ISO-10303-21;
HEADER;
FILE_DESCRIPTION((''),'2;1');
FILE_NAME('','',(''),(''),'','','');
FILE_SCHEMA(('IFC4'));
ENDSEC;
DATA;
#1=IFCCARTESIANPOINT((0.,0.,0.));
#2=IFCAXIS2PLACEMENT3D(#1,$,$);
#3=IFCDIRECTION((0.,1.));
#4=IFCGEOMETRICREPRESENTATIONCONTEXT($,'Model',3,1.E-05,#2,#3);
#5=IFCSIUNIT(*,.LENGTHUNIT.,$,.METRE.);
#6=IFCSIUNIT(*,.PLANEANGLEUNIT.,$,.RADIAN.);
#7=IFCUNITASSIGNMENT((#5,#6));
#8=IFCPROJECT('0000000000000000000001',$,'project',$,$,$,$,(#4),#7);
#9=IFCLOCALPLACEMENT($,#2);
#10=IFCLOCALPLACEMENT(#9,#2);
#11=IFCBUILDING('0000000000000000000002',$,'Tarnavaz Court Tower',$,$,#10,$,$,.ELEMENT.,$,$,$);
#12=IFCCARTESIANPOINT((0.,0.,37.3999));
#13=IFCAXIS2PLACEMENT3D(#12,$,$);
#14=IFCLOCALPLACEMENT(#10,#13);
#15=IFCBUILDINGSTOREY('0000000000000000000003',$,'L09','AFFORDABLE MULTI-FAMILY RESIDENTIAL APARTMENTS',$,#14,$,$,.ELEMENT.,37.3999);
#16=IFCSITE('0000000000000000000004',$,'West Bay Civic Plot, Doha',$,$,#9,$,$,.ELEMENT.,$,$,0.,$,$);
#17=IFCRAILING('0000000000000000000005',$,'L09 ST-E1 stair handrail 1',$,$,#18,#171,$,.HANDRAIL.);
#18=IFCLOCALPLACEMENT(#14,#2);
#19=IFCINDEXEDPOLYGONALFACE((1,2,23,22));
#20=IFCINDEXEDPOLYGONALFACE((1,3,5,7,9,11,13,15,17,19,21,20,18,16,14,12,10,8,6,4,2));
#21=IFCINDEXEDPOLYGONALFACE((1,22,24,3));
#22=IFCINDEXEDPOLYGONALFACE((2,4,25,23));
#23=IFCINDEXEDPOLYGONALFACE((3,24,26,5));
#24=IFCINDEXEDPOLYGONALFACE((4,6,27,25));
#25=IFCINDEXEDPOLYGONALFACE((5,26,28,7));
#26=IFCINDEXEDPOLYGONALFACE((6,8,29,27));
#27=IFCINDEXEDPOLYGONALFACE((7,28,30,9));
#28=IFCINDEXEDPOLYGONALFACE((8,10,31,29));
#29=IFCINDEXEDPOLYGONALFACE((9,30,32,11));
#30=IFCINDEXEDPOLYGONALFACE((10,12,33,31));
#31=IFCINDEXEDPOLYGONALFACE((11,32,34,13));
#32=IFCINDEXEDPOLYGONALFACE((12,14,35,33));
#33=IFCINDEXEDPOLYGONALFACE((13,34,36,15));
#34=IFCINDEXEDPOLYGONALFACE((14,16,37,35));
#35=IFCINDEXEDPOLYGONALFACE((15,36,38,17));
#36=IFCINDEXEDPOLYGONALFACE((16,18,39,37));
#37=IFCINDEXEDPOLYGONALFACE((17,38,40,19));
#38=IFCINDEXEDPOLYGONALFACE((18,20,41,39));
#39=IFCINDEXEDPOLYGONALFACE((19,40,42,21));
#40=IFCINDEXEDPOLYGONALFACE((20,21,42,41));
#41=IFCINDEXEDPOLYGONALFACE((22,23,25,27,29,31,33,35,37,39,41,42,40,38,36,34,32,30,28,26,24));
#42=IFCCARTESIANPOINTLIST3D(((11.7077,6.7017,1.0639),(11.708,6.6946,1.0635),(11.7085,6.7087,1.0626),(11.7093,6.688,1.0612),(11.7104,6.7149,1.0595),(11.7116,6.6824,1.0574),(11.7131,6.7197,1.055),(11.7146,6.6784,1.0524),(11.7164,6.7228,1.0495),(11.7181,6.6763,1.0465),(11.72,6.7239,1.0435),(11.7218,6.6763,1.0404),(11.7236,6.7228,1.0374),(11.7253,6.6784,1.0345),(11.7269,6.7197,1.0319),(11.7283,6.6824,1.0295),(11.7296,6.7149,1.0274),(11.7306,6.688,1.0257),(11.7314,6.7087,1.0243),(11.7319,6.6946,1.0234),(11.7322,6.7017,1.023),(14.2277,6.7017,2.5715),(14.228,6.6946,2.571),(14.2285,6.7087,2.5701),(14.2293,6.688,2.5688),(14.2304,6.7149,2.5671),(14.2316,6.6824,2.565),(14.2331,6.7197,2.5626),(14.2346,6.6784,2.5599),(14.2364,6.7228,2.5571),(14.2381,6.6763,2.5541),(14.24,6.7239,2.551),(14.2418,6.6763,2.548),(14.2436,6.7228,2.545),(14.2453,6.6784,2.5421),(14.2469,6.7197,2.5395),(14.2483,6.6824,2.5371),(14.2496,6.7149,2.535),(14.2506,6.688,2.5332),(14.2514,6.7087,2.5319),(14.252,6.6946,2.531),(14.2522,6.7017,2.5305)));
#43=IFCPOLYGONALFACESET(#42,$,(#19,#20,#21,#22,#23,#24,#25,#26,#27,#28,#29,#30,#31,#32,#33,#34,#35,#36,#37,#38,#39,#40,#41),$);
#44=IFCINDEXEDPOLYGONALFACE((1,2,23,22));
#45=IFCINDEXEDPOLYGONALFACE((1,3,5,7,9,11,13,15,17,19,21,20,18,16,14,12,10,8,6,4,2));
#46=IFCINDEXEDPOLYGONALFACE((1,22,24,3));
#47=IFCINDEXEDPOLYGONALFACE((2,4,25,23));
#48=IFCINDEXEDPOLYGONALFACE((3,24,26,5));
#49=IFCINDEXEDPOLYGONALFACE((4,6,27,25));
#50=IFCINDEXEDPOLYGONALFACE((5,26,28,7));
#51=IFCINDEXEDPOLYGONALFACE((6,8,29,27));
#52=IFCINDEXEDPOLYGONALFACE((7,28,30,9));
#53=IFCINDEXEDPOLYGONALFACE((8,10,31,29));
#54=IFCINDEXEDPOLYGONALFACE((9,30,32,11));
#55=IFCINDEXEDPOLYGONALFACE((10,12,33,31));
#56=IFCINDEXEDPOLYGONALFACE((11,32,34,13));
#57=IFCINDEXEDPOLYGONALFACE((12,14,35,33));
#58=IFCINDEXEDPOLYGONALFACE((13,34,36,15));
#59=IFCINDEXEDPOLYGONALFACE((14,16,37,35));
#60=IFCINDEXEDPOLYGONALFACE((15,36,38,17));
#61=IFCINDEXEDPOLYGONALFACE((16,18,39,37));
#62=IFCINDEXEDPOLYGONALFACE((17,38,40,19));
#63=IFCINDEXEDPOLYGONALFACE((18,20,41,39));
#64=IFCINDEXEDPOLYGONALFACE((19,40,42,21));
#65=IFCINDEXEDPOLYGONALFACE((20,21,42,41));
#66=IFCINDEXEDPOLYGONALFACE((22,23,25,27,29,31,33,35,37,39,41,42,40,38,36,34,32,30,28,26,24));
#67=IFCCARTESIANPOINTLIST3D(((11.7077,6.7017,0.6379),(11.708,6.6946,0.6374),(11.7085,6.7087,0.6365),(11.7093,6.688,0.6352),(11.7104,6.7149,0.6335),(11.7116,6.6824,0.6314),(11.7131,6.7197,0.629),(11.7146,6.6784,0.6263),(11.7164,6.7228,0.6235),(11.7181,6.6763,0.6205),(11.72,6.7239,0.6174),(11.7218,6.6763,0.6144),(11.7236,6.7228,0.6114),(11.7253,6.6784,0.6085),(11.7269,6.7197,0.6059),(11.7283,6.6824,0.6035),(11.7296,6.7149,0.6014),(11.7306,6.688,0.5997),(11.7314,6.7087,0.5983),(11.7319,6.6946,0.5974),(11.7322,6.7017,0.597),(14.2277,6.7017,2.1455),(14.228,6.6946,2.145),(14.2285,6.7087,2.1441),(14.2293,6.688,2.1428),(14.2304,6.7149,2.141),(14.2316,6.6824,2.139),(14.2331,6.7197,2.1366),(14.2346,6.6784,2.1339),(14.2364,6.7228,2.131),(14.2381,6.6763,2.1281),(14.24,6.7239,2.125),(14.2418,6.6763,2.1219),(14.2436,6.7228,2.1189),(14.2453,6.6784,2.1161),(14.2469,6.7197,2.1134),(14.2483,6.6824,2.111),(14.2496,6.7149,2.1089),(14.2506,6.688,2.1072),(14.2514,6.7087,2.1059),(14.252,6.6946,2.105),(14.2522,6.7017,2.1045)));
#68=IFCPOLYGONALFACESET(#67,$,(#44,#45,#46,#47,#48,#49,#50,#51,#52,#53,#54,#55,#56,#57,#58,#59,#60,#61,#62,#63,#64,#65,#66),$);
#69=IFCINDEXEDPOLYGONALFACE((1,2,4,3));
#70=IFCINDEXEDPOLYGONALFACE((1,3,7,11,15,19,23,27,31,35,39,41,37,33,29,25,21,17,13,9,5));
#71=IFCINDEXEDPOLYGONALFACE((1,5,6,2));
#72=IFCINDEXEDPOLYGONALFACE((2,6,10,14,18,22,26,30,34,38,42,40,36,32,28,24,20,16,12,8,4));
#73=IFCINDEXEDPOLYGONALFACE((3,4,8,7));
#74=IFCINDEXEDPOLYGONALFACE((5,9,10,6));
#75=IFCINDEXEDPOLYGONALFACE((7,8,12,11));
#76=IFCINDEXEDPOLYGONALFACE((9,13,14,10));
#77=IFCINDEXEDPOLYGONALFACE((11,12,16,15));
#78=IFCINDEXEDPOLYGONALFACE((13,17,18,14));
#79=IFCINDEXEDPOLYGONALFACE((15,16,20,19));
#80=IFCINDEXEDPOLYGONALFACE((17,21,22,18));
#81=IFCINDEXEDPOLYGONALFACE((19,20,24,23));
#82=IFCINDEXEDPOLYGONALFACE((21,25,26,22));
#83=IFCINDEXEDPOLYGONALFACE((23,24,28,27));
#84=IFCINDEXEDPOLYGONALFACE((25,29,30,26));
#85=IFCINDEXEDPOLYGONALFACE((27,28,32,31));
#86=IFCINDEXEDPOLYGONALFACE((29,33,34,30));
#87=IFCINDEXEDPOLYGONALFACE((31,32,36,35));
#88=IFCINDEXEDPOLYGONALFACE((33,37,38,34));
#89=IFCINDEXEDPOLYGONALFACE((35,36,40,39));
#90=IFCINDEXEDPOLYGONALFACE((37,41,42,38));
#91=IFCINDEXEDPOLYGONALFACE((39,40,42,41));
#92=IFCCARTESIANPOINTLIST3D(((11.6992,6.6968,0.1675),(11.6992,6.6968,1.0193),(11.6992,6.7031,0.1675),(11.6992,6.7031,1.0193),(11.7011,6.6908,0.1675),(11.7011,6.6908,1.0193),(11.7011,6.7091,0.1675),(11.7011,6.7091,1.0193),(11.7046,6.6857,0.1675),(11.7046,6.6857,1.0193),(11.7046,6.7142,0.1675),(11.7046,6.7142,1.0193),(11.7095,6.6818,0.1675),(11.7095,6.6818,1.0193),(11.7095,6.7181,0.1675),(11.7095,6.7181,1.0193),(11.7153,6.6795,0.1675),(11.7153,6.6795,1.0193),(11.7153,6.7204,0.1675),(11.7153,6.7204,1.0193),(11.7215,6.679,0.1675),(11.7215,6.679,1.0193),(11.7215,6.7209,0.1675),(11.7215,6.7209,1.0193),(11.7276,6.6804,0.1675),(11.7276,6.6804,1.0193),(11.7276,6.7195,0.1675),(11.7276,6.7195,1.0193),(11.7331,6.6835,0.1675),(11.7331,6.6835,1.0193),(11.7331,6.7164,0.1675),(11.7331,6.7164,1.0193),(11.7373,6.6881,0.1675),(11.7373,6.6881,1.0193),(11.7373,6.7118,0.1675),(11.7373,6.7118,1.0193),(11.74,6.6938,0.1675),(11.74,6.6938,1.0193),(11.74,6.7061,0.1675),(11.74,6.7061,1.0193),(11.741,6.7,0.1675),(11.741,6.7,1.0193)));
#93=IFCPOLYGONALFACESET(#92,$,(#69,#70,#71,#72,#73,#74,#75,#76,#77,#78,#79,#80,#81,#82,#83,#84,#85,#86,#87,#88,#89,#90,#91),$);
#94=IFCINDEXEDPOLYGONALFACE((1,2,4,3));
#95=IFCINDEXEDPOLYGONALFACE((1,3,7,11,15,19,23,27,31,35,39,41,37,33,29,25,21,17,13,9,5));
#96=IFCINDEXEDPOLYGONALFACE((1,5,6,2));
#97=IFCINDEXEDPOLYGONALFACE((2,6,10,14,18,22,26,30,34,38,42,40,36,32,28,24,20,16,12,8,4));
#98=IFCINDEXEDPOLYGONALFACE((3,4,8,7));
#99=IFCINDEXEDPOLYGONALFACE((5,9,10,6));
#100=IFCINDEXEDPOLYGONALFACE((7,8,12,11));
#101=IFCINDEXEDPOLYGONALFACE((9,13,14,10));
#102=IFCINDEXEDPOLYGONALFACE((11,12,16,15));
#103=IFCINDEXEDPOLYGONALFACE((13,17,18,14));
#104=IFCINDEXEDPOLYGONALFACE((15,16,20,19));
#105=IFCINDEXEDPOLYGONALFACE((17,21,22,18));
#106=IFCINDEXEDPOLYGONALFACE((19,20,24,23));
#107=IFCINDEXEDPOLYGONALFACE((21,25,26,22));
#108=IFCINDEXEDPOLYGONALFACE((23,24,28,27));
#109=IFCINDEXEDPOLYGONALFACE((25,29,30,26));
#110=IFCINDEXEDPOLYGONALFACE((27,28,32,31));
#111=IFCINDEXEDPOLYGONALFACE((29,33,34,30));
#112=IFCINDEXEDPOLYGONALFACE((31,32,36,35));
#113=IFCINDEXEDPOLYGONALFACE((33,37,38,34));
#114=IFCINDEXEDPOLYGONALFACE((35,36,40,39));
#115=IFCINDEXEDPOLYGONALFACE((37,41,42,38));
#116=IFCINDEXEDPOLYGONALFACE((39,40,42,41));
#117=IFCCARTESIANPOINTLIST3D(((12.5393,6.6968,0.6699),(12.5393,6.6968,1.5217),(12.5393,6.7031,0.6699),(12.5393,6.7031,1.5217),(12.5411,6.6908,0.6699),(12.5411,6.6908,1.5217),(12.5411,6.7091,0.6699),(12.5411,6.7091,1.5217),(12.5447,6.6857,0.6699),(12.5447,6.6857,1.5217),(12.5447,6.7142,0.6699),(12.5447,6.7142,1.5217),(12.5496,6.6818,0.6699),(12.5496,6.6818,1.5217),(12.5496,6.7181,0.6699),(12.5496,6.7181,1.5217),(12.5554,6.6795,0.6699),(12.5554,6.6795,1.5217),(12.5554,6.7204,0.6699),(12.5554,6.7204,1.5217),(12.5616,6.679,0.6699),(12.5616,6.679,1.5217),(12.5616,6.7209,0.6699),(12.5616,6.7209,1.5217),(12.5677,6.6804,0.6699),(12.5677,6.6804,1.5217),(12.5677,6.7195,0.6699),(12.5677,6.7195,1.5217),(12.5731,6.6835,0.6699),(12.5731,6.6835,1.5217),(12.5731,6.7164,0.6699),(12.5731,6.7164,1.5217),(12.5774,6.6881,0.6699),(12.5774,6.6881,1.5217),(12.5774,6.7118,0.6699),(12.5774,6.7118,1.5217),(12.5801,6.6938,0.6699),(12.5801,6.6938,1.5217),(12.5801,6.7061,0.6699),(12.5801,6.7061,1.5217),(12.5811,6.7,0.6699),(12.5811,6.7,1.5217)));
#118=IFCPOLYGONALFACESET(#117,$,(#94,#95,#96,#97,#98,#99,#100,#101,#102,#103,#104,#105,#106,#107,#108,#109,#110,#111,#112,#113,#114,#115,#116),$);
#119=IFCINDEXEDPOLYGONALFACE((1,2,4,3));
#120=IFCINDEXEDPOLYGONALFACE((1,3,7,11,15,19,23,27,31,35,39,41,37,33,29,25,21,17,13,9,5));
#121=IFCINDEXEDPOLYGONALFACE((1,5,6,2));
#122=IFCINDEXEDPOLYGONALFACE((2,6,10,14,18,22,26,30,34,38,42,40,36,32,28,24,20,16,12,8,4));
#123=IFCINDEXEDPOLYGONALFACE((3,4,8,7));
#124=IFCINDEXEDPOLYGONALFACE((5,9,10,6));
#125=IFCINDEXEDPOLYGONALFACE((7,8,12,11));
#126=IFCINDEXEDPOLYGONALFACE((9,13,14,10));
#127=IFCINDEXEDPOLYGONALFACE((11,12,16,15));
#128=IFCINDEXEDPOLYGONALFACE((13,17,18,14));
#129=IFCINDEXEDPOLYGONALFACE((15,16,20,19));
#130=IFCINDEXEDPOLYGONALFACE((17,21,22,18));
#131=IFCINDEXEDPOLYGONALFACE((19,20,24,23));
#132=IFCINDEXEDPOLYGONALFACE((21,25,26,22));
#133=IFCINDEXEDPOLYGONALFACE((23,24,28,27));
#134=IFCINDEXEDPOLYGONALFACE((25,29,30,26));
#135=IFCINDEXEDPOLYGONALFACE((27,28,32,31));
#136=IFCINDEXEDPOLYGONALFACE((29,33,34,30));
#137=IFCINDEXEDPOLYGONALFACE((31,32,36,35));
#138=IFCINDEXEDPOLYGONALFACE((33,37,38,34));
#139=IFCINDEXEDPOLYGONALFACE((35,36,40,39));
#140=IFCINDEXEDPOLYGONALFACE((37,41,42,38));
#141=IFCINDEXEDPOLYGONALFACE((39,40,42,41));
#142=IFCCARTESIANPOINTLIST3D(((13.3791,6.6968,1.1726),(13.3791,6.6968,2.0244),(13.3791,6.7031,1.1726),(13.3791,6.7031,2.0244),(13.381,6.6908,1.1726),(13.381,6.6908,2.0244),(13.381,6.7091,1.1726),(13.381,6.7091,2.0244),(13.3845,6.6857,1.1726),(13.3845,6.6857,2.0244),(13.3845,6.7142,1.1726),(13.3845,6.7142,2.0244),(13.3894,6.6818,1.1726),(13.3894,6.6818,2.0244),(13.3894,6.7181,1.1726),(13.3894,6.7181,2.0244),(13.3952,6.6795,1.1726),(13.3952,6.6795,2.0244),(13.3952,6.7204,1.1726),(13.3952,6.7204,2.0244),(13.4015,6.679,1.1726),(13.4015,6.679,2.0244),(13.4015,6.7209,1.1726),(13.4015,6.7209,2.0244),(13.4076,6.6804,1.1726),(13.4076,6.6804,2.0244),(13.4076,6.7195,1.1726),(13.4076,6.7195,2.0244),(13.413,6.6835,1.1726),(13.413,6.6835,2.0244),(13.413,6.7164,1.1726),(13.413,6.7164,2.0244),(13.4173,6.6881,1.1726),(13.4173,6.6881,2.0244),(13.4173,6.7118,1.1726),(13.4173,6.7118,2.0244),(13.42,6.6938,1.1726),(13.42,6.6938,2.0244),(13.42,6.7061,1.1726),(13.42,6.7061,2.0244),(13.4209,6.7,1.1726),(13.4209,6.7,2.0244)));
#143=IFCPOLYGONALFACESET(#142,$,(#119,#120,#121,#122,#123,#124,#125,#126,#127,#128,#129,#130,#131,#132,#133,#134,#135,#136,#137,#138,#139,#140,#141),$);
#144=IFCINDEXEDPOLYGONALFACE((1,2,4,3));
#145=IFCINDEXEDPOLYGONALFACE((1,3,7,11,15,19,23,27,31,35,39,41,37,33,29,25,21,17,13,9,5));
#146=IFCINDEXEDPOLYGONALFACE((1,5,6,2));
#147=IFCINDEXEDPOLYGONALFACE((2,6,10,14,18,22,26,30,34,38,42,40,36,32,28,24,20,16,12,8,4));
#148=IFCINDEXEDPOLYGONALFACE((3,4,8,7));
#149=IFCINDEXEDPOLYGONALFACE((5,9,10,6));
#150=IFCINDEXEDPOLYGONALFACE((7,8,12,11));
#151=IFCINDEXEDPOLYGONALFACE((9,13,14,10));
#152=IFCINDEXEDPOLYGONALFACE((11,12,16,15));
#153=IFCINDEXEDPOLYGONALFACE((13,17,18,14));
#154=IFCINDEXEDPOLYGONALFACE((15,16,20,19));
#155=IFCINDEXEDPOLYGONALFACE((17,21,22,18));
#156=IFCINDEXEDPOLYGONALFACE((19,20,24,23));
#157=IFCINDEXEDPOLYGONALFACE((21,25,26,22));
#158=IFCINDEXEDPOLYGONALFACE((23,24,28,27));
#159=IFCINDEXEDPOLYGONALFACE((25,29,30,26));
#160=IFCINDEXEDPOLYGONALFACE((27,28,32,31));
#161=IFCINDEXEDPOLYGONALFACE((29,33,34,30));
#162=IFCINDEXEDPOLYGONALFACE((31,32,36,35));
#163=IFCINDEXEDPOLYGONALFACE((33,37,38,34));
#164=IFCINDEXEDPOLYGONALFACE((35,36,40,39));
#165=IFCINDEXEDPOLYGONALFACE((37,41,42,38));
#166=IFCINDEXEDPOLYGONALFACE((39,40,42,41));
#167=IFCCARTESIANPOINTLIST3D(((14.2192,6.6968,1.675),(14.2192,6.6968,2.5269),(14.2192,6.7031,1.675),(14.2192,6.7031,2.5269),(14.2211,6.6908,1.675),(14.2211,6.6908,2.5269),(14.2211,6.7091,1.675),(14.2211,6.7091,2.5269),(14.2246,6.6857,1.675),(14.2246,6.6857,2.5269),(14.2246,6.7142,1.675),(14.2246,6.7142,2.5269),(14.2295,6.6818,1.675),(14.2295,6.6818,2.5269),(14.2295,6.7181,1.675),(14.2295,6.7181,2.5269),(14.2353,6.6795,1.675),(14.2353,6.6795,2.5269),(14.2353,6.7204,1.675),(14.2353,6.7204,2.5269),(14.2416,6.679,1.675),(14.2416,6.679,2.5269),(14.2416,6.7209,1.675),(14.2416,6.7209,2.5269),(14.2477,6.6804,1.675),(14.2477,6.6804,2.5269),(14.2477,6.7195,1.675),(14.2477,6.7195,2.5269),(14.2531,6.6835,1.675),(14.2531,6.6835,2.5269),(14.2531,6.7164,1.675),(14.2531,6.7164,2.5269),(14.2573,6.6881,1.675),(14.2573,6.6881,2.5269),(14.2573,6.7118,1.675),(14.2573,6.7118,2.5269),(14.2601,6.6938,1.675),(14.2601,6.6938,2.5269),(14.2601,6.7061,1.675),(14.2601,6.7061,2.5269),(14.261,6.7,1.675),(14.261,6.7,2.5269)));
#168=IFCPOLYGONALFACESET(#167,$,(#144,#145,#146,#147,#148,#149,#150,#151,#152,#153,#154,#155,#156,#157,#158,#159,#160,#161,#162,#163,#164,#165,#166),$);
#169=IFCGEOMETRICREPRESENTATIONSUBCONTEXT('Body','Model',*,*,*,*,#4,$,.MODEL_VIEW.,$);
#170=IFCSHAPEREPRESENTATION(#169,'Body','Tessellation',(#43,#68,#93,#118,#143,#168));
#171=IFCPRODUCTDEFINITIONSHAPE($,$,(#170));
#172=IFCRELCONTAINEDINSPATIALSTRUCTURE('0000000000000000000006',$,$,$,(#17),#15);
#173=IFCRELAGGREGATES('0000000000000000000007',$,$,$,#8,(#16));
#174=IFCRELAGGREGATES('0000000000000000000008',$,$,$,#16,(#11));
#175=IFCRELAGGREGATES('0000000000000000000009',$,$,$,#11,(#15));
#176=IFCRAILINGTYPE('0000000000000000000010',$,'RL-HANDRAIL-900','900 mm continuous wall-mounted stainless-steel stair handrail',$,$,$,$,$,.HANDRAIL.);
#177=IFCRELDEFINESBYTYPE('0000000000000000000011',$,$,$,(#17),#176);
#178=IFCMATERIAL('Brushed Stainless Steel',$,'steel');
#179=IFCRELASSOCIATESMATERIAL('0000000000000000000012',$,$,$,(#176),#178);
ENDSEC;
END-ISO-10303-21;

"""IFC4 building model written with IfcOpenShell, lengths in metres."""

from ifc_helpers import new_model, si_unit, direction, frame, origin, origin_2d, place, context, subcontext, project, spatial, circle, extrude, material, type_object, element, save


model = new_model("IFC4")

# Units and contexts
model_context = context("Model", 3, precision=1e-05, world=origin(), true_north=direction((0.0, 1.0)))
body_context = subcontext(model_context, "Body", "Model", "MODEL_VIEW")
ifc_project = project(units=[si_unit("LENGTHUNIT", "METRE"), si_unit("PLANEANGLEUNIT", "RADIAN")], contexts=[model_context])

# Site, building, storey
site_placement = place(None, origin())
site = spatial("IfcSite", under=ifc_project, at=site_placement, Name="West Bay Civic Plot, Doha", CompositionType="ELEMENT", RefElevation=0.0)
building_placement = place(site_placement, origin())
building = spatial("IfcBuilding", under=site, at=building_placement, Name="Tarnavaz Court Tower", CompositionType="ELEMENT")
storey_placement = place(building_placement, frame((0.0, 0.0, 37.3999)))
storey = spatial("IfcBuildingStorey", under=building, at=storey_placement, Name="L09", Description="AFFORDABLE MULTI-FAMILY RESIDENTIAL APARTMENTS", CompositionType="ELEMENT", Elevation=37.3999)

# Railing
ifc_material_1 = material(Name="Brushed Stainless Steel", Category="steel")
railing_type_1 = type_object("IfcRailingType", Name="RL-HANDRAIL-900", Description="900 mm continuous wall-mounted stainless-steel stair handrail", PredefinedType="HANDRAIL", material=ifc_material_1)
railing_1_placement = place(storey_placement, frame((11.72, 6.7, 0.1675)))
element("IfcRailing", 1, at=railing_1_placement, inside=storey, type_object=railing_type_1, Name="L09 ST-E1 stair handrail 1", PredefinedType="HANDRAIL", context=body_context, shape_type="SweptSolid", body=[
    extrude(circle(Radius=0.0239, at=origin_2d()), frame((0.0, 0.0, 0.876), z_axis=(0.85816, 0.0, 0.513383), x_axis=(0.0, 1.0, 0.0)), (0.0, 0.0, 1.0), 2.9365),
    extrude(circle(Radius=0.0239, at=origin_2d()), frame((0.0, 0.0, 0.45), z_axis=(0.85816, 0.0, 0.513383), x_axis=(0.0, 1.0, 0.0)), (0.0, 0.0, 1.0), 2.9365),
    extrude(circle(Radius=0.021, at=origin_2d()), origin(), (0.0, 0.0, 1.0), 0.8518),
    extrude(circle(Radius=0.021, at=origin_2d()), frame((0.8401, 0.0, 0.5024)), (0.0, 0.0, 1.0), 0.8518),
    extrude(circle(Radius=0.021, at=origin_2d()), frame((1.6799, 0.0, 1.0051)), (0.0, 0.0, 1.0), 0.8518),
    extrude(circle(Radius=0.021, at=origin_2d()), frame((2.52, 0.0, 1.5076)), (0.0, 0.0, 1.0), 0.8518),
])

save(model, "model.ifc")
